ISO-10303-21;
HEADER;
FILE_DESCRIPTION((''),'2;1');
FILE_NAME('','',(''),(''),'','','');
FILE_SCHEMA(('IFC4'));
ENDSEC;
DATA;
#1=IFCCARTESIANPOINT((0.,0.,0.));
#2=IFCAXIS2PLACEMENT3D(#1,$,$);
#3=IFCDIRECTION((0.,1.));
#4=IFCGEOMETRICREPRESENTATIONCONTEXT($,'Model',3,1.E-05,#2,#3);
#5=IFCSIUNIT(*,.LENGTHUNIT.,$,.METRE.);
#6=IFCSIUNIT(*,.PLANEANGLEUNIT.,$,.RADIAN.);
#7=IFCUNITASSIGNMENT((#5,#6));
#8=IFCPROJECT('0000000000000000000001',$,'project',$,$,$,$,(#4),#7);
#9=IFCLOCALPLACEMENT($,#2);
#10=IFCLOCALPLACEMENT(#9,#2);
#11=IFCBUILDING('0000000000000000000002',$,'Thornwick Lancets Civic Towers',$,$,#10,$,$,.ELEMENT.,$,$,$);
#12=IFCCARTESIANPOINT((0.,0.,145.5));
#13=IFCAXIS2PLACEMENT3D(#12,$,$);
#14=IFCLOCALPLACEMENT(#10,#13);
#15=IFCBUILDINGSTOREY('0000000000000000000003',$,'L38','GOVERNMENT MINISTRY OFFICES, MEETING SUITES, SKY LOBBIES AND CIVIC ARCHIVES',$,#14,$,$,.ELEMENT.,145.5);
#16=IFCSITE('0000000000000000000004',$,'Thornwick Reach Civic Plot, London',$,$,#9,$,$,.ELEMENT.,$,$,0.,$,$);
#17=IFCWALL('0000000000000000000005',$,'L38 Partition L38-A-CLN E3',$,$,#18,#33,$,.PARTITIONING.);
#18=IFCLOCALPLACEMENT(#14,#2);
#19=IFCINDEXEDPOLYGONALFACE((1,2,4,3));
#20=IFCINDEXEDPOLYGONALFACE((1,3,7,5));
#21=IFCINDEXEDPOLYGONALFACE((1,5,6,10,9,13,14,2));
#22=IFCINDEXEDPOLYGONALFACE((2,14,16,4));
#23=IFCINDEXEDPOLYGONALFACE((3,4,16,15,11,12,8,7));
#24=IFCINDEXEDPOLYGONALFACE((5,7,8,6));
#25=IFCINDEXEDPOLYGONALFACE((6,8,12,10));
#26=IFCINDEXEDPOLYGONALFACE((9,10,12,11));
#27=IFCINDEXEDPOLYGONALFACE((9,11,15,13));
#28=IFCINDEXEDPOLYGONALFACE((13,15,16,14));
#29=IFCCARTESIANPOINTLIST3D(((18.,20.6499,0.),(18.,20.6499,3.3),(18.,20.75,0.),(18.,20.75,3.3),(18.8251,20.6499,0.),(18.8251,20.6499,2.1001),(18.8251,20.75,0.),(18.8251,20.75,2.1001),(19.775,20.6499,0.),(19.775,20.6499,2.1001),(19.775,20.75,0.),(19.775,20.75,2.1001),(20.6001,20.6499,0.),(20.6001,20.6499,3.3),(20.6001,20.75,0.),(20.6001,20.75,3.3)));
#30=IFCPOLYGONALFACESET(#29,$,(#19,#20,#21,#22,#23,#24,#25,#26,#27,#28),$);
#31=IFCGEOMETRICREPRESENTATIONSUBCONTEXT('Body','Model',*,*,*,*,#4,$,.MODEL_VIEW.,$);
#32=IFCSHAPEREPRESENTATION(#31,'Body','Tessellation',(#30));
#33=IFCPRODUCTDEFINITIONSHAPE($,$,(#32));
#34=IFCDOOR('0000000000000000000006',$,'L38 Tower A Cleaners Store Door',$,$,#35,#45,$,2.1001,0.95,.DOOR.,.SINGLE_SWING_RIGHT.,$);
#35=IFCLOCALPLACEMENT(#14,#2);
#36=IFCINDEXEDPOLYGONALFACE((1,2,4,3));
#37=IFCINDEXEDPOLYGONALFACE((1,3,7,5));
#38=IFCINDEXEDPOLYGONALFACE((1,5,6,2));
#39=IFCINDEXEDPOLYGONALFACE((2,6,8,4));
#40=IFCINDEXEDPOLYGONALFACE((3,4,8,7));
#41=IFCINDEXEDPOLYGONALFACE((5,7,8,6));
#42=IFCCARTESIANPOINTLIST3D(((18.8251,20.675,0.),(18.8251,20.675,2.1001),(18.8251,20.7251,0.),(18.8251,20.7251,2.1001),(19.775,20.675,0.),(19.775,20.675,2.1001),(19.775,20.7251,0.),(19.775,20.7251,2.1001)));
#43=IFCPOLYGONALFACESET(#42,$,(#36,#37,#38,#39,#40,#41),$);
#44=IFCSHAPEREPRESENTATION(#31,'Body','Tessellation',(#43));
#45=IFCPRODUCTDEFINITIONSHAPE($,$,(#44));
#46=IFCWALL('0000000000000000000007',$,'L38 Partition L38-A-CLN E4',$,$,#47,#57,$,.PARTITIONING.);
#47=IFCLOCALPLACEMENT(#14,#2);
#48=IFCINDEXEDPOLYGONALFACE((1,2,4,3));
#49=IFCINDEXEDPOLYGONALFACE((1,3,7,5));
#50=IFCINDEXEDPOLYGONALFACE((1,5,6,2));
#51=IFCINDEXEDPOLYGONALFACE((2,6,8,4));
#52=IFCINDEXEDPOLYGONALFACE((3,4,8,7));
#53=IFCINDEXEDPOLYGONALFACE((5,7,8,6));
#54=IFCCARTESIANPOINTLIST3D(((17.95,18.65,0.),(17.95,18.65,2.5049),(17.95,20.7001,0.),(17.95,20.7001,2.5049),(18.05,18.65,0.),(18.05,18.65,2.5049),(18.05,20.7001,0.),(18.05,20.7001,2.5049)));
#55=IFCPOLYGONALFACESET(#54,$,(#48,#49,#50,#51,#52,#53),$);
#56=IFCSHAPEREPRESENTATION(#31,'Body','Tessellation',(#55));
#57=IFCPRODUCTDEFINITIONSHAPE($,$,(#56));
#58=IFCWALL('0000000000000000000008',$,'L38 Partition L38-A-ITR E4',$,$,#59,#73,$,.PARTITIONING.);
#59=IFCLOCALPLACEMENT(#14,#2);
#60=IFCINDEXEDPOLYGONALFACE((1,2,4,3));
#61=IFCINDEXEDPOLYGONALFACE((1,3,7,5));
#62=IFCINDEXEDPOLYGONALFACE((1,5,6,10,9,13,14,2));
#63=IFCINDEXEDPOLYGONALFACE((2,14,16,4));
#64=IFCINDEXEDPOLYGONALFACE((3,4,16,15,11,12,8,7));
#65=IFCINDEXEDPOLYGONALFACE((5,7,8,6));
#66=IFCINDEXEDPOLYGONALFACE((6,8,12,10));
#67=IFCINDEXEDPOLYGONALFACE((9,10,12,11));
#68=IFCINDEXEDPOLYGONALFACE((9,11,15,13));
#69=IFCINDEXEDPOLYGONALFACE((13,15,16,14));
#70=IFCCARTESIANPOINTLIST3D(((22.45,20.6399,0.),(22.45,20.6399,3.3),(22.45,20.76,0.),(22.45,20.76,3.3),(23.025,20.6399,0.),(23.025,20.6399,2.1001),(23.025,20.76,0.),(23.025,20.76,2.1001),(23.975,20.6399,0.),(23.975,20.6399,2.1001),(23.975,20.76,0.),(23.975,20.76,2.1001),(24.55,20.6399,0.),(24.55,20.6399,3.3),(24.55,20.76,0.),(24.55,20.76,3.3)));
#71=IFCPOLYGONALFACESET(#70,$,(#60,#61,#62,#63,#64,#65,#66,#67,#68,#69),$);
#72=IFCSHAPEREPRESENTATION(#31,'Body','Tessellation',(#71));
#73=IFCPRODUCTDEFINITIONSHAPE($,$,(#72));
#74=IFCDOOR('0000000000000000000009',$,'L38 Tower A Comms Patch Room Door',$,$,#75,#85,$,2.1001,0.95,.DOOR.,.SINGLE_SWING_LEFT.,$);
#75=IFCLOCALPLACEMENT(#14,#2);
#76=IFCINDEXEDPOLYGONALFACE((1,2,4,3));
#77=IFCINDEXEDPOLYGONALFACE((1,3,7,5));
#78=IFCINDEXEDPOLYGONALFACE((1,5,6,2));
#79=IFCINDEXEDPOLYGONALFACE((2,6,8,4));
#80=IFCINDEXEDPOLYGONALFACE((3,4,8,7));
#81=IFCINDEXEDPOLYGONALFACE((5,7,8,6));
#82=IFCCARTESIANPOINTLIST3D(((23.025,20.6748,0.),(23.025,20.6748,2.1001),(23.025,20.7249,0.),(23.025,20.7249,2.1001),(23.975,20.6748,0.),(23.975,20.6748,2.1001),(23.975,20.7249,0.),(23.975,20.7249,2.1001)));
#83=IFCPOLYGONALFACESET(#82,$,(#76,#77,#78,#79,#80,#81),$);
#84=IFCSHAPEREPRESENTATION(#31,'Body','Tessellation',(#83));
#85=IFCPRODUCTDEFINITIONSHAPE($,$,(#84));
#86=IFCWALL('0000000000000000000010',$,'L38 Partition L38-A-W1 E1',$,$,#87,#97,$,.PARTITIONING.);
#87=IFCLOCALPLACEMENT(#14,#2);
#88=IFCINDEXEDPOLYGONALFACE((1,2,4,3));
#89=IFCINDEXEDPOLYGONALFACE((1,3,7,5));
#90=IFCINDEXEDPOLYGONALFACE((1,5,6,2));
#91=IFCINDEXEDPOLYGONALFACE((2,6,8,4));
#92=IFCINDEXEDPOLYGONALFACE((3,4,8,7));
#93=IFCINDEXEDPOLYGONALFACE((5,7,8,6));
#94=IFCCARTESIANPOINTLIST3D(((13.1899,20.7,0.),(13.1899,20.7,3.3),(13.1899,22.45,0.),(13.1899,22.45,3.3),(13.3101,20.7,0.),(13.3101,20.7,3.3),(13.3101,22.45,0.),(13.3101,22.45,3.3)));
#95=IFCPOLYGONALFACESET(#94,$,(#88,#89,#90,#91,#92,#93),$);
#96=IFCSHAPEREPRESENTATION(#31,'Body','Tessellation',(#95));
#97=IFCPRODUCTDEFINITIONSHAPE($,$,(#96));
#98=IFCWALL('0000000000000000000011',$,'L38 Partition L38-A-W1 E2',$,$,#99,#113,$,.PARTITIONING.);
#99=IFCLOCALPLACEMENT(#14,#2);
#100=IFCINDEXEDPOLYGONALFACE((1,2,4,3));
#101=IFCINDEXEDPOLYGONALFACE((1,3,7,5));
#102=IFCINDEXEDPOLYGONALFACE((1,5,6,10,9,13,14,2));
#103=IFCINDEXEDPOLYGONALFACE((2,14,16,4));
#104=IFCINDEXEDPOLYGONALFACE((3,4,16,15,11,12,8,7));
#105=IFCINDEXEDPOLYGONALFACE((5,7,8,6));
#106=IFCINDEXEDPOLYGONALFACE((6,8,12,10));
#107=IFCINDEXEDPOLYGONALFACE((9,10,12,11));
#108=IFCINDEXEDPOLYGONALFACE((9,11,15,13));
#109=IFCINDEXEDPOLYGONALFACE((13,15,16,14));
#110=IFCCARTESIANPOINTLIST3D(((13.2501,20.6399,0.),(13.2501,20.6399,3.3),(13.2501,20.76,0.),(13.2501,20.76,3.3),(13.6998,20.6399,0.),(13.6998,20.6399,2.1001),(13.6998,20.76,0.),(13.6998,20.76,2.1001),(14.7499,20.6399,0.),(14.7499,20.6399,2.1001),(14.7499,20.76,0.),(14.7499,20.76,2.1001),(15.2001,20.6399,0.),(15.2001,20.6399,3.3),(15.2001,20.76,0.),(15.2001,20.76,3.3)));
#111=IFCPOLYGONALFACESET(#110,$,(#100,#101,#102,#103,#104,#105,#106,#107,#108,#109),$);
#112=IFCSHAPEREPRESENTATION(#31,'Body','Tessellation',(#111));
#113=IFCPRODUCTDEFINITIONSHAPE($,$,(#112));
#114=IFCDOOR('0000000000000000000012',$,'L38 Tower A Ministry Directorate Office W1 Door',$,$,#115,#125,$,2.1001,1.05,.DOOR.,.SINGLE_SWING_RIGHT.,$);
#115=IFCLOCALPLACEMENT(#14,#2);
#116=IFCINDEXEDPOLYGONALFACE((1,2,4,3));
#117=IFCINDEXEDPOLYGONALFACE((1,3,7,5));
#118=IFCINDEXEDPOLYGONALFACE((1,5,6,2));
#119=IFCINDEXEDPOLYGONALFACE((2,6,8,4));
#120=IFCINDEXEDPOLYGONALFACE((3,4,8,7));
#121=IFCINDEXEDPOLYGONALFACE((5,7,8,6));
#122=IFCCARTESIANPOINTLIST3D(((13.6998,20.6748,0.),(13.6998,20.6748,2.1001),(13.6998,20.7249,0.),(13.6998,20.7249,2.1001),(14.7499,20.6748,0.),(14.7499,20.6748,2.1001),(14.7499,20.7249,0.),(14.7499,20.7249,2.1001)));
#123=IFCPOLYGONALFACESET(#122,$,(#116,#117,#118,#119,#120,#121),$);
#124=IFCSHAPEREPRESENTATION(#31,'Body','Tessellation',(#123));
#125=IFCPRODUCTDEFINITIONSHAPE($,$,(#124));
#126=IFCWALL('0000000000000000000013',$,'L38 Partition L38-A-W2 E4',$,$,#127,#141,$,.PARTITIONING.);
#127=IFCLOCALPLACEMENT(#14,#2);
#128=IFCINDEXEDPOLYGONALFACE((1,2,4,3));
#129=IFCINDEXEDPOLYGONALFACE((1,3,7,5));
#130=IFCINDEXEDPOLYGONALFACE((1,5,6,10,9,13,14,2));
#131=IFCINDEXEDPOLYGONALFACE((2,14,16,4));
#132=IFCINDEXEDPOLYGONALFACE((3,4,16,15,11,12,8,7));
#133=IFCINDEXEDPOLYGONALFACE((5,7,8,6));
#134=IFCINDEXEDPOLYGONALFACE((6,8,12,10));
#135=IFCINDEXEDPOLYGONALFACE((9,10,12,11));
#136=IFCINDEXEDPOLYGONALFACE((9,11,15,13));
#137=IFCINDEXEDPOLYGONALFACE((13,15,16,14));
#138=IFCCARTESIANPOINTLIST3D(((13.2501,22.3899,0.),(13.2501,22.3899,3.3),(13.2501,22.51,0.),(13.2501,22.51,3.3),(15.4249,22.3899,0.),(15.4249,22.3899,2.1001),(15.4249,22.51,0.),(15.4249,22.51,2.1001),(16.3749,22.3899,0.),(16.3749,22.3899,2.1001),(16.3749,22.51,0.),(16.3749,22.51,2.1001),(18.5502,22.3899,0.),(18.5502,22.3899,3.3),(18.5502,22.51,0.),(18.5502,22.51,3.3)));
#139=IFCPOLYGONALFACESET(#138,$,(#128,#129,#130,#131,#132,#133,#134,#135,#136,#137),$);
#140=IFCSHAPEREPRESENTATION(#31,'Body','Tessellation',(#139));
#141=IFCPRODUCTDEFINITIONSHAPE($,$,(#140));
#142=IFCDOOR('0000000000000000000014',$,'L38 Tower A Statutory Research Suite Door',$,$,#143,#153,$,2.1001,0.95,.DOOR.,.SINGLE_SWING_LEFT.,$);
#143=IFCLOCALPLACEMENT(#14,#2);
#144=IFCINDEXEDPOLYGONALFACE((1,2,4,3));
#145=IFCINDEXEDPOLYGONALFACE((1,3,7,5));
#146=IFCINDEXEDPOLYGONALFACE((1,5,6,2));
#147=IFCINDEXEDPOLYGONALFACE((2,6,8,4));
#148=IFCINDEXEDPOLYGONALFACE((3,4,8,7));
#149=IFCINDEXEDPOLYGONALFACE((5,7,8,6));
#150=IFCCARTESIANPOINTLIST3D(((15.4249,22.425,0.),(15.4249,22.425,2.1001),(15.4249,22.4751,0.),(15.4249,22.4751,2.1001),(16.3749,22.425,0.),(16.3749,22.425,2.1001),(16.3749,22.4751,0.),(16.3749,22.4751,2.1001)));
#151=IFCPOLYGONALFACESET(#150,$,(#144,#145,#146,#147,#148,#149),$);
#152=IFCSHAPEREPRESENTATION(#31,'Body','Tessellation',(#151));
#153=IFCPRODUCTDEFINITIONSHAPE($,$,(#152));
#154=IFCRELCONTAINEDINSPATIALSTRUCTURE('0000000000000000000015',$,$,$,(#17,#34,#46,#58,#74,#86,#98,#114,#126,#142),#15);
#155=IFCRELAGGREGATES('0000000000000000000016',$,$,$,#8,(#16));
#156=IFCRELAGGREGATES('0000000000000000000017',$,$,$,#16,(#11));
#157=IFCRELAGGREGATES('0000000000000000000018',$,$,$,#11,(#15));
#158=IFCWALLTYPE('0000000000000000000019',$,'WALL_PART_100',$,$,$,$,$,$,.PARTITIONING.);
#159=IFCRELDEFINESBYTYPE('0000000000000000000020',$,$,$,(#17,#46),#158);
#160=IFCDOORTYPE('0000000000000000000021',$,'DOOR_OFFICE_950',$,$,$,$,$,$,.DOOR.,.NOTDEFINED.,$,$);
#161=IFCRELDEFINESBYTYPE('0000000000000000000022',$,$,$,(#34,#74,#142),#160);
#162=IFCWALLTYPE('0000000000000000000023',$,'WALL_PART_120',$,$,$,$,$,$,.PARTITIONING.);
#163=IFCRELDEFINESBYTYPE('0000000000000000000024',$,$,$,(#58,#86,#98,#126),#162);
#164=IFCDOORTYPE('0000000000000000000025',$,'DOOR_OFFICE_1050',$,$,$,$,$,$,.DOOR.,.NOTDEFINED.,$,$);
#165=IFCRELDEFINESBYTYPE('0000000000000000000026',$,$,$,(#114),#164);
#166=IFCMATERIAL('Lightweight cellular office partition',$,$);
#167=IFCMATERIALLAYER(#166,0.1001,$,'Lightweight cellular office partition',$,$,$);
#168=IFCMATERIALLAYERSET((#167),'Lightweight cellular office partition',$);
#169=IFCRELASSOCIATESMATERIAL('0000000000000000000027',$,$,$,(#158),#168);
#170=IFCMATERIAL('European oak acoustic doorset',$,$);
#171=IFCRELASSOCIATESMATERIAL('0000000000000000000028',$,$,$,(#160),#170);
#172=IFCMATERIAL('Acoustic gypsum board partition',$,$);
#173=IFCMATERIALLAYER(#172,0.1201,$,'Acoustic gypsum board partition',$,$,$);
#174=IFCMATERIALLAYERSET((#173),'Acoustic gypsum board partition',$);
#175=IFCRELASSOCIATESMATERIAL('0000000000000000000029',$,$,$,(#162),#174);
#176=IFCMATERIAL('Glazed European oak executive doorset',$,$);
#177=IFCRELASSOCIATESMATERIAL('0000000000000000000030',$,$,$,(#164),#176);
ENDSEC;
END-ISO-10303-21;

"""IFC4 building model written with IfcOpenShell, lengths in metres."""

from ifc_helpers import new_model, si_unit, direction, frame, frame_2d, origin, place, context, subcontext, project, spatial, rectangle, extrude, material, layer, layer_set, type_object, element, fill, save


model = new_model("IFC4")

# Units and contexts
model_context = context("Model", 3, precision=1e-05, world=origin(), true_north=direction((0.0, 1.0)))
body_context = subcontext(model_context, "Body", "Model", "MODEL_VIEW")
ifc_project = project(units=[si_unit("LENGTHUNIT", "METRE"), si_unit("PLANEANGLEUNIT", "RADIAN")], contexts=[model_context])

# Site, building, storey
site_placement = place(None, origin())
site = spatial("IfcSite", under=ifc_project, at=site_placement, Name="Thornwick Reach Civic Plot, London", CompositionType="ELEMENT", RefElevation=0.0)
building_placement = place(site_placement, origin())
building = spatial("IfcBuilding", under=site, at=building_placement, Name="Thornwick Lancets Civic Towers", CompositionType="ELEMENT")
storey_placement = place(building_placement, frame((0.0, 0.0, 145.5)))
storey = spatial("IfcBuildingStorey", under=building, at=storey_placement, Name="L38", Description="GOVERNMENT MINISTRY OFFICES, MEETING SUITES, SKY LOBBIES AND CIVIC ARCHIVES", CompositionType="ELEMENT", Elevation=145.5)

# Shared definitions
ifc_material_1 = material(Name="Lightweight cellular office partition")
ifc_layer_1 = layer(ifc_material_1, 0.1001, Name="Lightweight cellular office partition")
ifc_layer_set_1 = layer_set([ifc_layer_1], Name="Lightweight cellular office partition")
wall_type_1 = type_object("IfcWallType", Name="WALL_PART_100", PredefinedType="PARTITIONING", material=ifc_layer_set_1)

# Wall, opening, door
wall_1_placement = place(storey_placement, frame((20.6001, 20.7, 0.0), z_axis=(0.0, 0.0, 1.0), x_axis=(-1.0, 0.0, 0.0)))
wall_1 = element("IfcWall", 1, at=wall_1_placement, inside=storey, type_object=wall_type_1, Name="L38 Partition L38-A-CLN E3", PredefinedType="PARTITIONING", context=body_context, shape_type="SweptSolid", body=[
    extrude(rectangle(XDim=2.6001, YDim=0.1001, at=frame_2d((1.3, 0.0))), origin(), (0.0, 0.0, 1.0), 3.3),
])
opening_1_placement = place(wall_1_placement, frame((0.825, 0.0, 0.0)))
opening_1 = element("IfcOpeningElement", 2, at=opening_1_placement, cuts=wall_1, PredefinedType="OPENING", context=body_context, shape_type="SweptSolid", body=[
    extrude(rectangle(XDim=0.95, YDim=2.1001, at=frame_2d((0.4751, 1.05))), frame((0.0, 0.0601, 0.0), z_axis=(0.0, -1.0, 0.0), x_axis=(1.0, 0.0, 0.0)), (0.0, 0.0, 1.0), 0.1201),
])
ifc_material_2 = material(Name="European oak acoustic doorset")
door_type_1 = type_object("IfcDoorType", Name="DOOR_OFFICE_950", OperationType="NOTDEFINED", PredefinedType="DOOR", material=ifc_material_2)
door_1_placement = place(opening_1_placement, origin())
door_1 = element("IfcDoor", 3, at=door_1_placement, inside=storey, type_object=door_type_1, Name="L38 Tower A Cleaners Store Door", OperationType="SINGLE_SWING_RIGHT", OverallHeight=2.1001, OverallWidth=0.95, PredefinedType="DOOR", context=body_context, shape_type="SweptSolid", body=[
    extrude(rectangle(XDim=0.95, YDim=2.1001, at=frame_2d((0.4751, 1.05))), frame((0.0, 0.0249, 0.0), z_axis=(0.0, -1.0, 0.0), x_axis=(1.0, 0.0, 0.0)), (0.0, 0.0, 1.0), 0.05),
])
fill(opening_1, door_1)

# Wall
wall_2_placement = place(storey_placement, frame((18.0, 20.7, 0.0), z_axis=(0.0, 0.0, 1.0), x_axis=(0.0, -1.0, 0.0)))
element("IfcWall", 4, at=wall_2_placement, inside=storey, type_object=wall_type_1, Name="L38 Partition L38-A-CLN E4", PredefinedType="PARTITIONING", context=body_context, shape_type="SweptSolid", body=[
    extrude(rectangle(XDim=2.05, YDim=0.1001, at=frame_2d((1.0249, 0.0))), origin(), (0.0, 0.0, 1.0), 2.5049),
])

# Wall, opening, door
ifc_material_3 = material(Name="Acoustic gypsum board partition")
ifc_layer_2 = layer(ifc_material_3, 0.1201, Name="Acoustic gypsum board partition")
ifc_layer_set_2 = layer_set([ifc_layer_2], Name="Acoustic gypsum board partition")
wall_type_2 = type_object("IfcWallType", Name="WALL_PART_120", PredefinedType="PARTITIONING", material=ifc_layer_set_2)
wall_3_placement = place(storey_placement, frame((22.45, 20.7, 0.0), z_axis=(0.0, 0.0, 1.0), x_axis=(1.0, 0.0, 0.0)))
wall_3 = element("IfcWall", 5, at=wall_3_placement, inside=storey, type_object=wall_type_2, Name="L38 Partition L38-A-ITR E4", PredefinedType="PARTITIONING", context=body_context, shape_type="SweptSolid", body=[
    extrude(rectangle(XDim=2.1001, YDim=0.1201, at=frame_2d((1.05, 0.0))), origin(), (0.0, 0.0, 1.0), 3.3),
])
opening_2_placement = place(wall_3_placement, frame((0.575, 0.0, 0.0)))
opening_2 = element("IfcOpeningElement", 6, at=opening_2_placement, cuts=wall_3, PredefinedType="OPENING", context=body_context, shape_type="SweptSolid", body=[
    extrude(rectangle(XDim=0.95, YDim=2.1001, at=frame_2d((0.4751, 1.05))), frame((0.0, 0.0701, 0.0), z_axis=(0.0, -1.0, 0.0), x_axis=(1.0, 0.0, 0.0)), (0.0, 0.0, 1.0), 0.1401),
])
door_2_placement = place(opening_2_placement, origin())
door_2 = element("IfcDoor", 7, at=door_2_placement, inside=storey, type_object=door_type_1, Name="L38 Tower A Comms Patch Room Door", OperationType="SINGLE_SWING_LEFT", OverallHeight=2.1001, OverallWidth=0.95, PredefinedType="DOOR", context=body_context, shape_type="SweptSolid", body=[
    extrude(rectangle(XDim=0.95, YDim=2.1001, at=frame_2d((0.4751, 1.05))), frame((0.0, 0.0249, 0.0), z_axis=(0.0, -1.0, 0.0), x_axis=(1.0, 0.0, 0.0)), (0.0, 0.0, 1.0), 0.05),
])
fill(opening_2, door_2)

# Wall
wall_4_placement = place(storey_placement, frame((13.25, 22.45, 0.0), z_axis=(0.0, 0.0, 1.0), x_axis=(0.0, -1.0, 0.0)))
element("IfcWall", 8, at=wall_4_placement, inside=storey, type_object=wall_type_2, Name="L38 Partition L38-A-W1 E1", PredefinedType="PARTITIONING", context=body_context, shape_type="SweptSolid", body=[
    extrude(rectangle(XDim=1.75, YDim=0.1201, at=frame_2d((0.875, 0.0))), origin(), (0.0, 0.0, 1.0), 3.3),
])

# Walls, openings, doors
wall_5_placement = place(storey_placement, frame((13.25, 20.7, 0.0), z_axis=(0.0, 0.0, 1.0), x_axis=(1.0, 0.0, 0.0)))
wall_5 = element("IfcWall", 9, at=wall_5_placement, inside=storey, type_object=wall_type_2, Name="L38 Partition L38-A-W1 E2", PredefinedType="PARTITIONING", context=body_context, shape_type="SweptSolid", body=[
    extrude(rectangle(XDim=1.95, YDim=0.1201, at=frame_2d((0.9751, 0.0))), origin(), (0.0, 0.0, 1.0), 3.3),
])
opening_3_placement = place(wall_5_placement, frame((0.45, 0.0, 0.0)))
opening_3 = element("IfcOpeningElement", 10, at=opening_3_placement, cuts=wall_5, PredefinedType="OPENING", context=body_context, shape_type="SweptSolid", body=[
    extrude(rectangle(XDim=1.05, YDim=2.1001, at=frame_2d((0.5249, 1.05))), frame((0.0, 0.0701, 0.0), z_axis=(0.0, -1.0, 0.0), x_axis=(1.0, 0.0, 0.0)), (0.0, 0.0, 1.0), 0.1401),
])
ifc_material_4 = material(Name="Glazed European oak executive doorset")
door_type_2 = type_object("IfcDoorType", Name="DOOR_OFFICE_1050", OperationType="NOTDEFINED", PredefinedType="DOOR", material=ifc_material_4)
door_3_placement = place(opening_3_placement, origin())
door_3 = element("IfcDoor", 11, at=door_3_placement, inside=storey, type_object=door_type_2, Name="L38 Tower A Ministry Directorate Office W1 Door", OperationType="SINGLE_SWING_RIGHT", OverallHeight=2.1001, OverallWidth=1.05, PredefinedType="DOOR", context=body_context, shape_type="SweptSolid", body=[
    extrude(rectangle(XDim=1.05, YDim=2.1001, at=frame_2d((0.5249, 1.05))), frame((0.0, 0.0249, 0.0), z_axis=(0.0, -1.0, 0.0), x_axis=(1.0, 0.0, 0.0)), (0.0, 0.0, 1.0), 0.05),
])
fill(opening_3, door_3)
wall_6_placement = place(storey_placement, frame((18.55, 22.45, 0.0), z_axis=(0.0, 0.0, 1.0), x_axis=(-1.0, 0.0, 0.0)))
wall_6 = element("IfcWall", 12, at=wall_6_placement, inside=storey, type_object=wall_type_2, Name="L38 Partition L38-A-W2 E4", PredefinedType="PARTITIONING", context=body_context, shape_type="SweptSolid", body=[
    extrude(rectangle(XDim=5.3, YDim=0.1201, at=frame_2d((2.6499, 0.0))), origin(), (0.0, 0.0, 1.0), 3.3),
])
opening_4_placement = place(wall_6_placement, frame((2.175, 0.0, 0.0)))
opening_4 = element("IfcOpeningElement", 13, at=opening_4_placement, cuts=wall_6, PredefinedType="OPENING", context=body_context, shape_type="SweptSolid", body=[
    extrude(rectangle(XDim=0.95, YDim=2.1001, at=frame_2d((0.4751, 1.05))), frame((0.0, 0.0701, 0.0), z_axis=(0.0, -1.0, 0.0), x_axis=(1.0, 0.0, 0.0)), (0.0, 0.0, 1.0), 0.1401),
])
door_4_placement = place(opening_4_placement, origin())
door_4 = element("IfcDoor", 14, at=door_4_placement, inside=storey, type_object=door_type_1, Name="L38 Tower A Statutory Research Suite Door", OperationType="SINGLE_SWING_LEFT", OverallHeight=2.1001, OverallWidth=0.95, PredefinedType="DOOR", context=body_context, shape_type="SweptSolid", body=[
    extrude(rectangle(XDim=0.95, YDim=2.1001, at=frame_2d((0.4751, 1.05))), frame((0.0, 0.0249, 0.0), z_axis=(0.0, -1.0, 0.0), x_axis=(1.0, 0.0, 0.0)), (0.0, 0.0, 1.0), 0.05),
])
fill(opening_4, door_4)

save(model, "model.ifc")
